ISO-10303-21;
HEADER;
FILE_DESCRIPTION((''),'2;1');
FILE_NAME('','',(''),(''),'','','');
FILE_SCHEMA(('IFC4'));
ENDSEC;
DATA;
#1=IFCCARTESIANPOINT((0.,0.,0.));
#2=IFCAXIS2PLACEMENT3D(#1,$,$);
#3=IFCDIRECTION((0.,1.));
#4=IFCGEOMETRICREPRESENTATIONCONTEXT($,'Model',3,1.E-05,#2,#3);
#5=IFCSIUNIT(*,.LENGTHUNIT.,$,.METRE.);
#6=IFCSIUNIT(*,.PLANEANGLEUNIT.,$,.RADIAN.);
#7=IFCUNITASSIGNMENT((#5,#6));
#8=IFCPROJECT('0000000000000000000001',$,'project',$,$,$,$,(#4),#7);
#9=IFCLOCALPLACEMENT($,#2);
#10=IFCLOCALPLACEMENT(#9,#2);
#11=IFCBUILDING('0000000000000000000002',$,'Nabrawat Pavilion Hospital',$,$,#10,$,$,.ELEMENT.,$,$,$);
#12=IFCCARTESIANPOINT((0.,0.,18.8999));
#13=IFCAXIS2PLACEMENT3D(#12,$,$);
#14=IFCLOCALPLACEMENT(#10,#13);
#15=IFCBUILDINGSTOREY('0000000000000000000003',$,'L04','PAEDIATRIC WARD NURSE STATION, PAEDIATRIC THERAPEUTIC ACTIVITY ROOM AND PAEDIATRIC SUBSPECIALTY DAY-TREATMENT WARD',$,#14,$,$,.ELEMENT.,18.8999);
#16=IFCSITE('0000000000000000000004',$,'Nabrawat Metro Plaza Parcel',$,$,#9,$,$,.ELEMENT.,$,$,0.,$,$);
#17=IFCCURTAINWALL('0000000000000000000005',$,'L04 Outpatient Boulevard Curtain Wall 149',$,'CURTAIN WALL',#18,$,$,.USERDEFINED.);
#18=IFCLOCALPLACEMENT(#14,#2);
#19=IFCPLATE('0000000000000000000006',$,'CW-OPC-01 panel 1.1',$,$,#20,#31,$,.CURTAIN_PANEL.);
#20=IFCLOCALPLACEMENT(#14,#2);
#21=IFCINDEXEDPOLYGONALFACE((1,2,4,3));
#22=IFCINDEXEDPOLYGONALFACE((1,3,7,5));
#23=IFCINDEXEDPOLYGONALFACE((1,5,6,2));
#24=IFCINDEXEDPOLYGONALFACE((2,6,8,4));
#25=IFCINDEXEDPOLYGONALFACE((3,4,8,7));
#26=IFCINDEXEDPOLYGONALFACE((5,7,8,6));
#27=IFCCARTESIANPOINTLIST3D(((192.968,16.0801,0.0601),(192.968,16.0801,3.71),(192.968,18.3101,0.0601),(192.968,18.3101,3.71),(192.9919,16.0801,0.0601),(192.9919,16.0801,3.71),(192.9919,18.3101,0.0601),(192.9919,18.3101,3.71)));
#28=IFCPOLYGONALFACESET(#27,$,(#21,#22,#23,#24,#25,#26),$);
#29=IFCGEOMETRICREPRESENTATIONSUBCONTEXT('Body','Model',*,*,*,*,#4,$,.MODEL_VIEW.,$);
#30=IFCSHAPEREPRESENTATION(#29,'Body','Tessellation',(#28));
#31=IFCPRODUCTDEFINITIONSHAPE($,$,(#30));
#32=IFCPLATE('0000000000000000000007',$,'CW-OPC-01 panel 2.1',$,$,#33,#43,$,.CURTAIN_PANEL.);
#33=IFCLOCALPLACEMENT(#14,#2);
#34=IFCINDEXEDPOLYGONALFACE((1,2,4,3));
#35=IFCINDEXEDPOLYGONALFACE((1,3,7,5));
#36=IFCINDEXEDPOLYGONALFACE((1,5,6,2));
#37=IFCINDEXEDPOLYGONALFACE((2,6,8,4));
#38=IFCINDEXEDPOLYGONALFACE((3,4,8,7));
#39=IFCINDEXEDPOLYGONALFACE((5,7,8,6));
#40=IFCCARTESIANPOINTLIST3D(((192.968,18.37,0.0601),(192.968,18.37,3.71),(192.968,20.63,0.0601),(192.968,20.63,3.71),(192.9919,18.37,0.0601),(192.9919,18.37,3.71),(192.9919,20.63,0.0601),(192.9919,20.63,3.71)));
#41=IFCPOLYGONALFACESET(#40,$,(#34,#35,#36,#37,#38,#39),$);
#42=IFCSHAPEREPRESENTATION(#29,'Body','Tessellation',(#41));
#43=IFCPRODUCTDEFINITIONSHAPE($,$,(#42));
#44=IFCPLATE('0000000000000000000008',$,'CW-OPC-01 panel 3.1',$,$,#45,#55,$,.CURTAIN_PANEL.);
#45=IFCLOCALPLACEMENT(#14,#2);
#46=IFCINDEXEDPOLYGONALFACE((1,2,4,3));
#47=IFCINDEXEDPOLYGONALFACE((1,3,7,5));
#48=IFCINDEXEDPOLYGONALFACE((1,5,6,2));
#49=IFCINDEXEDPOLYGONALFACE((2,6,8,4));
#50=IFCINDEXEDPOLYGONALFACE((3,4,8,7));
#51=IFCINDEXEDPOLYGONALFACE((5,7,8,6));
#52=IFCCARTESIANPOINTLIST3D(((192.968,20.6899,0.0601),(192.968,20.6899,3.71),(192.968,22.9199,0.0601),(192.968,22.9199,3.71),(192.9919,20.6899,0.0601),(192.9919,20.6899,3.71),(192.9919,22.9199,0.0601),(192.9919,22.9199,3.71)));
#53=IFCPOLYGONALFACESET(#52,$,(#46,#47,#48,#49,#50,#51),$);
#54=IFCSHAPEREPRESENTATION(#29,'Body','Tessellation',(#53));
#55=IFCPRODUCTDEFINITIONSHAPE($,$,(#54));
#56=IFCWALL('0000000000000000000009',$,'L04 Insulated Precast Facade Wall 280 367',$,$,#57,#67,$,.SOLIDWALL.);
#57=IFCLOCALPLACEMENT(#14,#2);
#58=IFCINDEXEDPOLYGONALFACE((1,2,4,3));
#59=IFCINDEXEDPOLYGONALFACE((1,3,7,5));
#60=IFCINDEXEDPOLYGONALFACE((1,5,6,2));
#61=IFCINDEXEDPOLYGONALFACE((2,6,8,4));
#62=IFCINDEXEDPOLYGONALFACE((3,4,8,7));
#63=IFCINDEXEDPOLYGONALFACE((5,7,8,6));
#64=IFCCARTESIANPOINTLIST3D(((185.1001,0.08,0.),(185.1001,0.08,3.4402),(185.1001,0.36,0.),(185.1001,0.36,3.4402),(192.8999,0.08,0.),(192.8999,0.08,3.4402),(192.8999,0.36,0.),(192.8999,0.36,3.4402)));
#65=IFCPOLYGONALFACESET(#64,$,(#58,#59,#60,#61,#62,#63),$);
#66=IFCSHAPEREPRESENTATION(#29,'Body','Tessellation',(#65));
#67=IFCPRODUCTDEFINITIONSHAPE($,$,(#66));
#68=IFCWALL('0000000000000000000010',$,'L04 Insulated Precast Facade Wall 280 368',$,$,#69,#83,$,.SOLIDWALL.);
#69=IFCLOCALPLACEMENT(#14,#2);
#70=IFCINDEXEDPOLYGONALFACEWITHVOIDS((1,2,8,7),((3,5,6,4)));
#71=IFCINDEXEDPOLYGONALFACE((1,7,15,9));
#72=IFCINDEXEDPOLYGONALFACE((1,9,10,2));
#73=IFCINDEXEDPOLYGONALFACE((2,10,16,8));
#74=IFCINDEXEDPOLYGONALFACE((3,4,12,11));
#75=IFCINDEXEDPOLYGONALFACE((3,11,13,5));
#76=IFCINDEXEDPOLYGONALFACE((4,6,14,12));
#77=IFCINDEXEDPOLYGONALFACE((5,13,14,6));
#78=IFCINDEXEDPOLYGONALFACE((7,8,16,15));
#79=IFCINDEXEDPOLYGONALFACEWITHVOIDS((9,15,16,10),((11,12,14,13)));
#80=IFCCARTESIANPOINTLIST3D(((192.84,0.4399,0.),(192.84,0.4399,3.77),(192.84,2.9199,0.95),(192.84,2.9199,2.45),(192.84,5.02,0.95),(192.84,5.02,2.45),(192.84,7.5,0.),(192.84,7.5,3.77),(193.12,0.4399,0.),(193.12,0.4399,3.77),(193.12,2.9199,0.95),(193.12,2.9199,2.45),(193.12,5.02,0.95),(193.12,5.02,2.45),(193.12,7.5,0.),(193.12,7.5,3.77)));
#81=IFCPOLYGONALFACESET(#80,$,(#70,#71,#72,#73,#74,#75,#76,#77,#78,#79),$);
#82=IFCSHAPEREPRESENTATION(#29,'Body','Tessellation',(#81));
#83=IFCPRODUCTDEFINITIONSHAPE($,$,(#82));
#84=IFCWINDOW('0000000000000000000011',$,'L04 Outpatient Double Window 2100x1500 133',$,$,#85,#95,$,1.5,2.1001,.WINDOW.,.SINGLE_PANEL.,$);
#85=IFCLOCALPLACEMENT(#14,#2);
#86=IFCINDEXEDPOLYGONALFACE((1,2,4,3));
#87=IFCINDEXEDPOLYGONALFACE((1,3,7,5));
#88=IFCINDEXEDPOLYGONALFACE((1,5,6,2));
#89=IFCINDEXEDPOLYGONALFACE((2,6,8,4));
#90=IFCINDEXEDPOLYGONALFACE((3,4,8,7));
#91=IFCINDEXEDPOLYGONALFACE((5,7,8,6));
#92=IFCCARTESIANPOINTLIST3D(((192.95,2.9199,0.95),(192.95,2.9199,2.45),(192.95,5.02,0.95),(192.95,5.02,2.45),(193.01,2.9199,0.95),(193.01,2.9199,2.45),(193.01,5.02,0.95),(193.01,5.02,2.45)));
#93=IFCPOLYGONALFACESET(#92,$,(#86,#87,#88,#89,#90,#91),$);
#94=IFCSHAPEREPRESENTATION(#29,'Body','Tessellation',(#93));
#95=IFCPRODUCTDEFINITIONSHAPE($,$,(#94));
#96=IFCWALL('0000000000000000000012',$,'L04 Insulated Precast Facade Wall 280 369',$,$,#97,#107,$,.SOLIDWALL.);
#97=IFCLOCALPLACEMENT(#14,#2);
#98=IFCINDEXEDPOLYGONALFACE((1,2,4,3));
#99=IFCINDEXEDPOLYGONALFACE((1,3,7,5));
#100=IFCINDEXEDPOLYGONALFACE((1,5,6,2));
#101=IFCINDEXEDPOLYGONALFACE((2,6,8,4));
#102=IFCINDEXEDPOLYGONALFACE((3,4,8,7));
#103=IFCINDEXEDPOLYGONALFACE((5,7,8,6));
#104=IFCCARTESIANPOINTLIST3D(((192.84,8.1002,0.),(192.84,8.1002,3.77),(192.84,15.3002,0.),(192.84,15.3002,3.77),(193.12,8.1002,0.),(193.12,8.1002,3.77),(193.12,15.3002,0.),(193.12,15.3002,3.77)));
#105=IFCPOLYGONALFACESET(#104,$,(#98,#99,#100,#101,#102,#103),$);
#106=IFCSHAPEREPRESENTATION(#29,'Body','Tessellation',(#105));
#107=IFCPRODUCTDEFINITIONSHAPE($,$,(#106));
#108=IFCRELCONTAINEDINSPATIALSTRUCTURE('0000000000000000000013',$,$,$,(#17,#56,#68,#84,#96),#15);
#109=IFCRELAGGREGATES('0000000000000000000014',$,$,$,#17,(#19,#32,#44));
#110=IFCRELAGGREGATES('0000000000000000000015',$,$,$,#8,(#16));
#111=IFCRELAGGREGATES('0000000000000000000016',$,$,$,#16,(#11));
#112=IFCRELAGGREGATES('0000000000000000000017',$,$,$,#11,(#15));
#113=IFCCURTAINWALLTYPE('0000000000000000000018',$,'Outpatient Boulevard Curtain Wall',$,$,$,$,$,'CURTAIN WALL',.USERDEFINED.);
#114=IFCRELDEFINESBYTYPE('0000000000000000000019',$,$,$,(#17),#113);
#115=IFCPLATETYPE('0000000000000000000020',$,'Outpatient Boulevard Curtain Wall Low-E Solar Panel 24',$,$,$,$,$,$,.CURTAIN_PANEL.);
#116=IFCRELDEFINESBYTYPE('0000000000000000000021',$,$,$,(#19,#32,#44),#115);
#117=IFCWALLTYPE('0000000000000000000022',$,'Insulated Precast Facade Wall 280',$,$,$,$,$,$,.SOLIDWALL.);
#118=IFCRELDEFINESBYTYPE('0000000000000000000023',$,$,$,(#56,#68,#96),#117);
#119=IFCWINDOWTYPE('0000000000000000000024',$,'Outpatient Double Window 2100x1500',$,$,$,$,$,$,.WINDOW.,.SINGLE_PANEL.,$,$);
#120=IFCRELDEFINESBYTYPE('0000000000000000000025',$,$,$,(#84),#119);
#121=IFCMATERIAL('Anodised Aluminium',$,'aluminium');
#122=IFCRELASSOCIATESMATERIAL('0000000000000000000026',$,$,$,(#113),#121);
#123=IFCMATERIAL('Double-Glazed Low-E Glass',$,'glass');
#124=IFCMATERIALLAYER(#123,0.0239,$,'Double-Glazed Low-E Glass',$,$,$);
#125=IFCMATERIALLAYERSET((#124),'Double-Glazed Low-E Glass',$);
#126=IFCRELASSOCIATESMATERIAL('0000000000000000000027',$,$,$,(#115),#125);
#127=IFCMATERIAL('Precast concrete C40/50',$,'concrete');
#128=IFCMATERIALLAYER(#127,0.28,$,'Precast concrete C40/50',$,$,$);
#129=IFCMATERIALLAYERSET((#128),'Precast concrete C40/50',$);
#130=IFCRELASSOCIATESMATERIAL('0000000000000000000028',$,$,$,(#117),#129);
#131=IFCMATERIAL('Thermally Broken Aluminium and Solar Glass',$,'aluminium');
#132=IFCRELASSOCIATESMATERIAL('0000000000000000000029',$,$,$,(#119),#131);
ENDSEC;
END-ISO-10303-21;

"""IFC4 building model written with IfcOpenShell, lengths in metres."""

from ifc_helpers import new_model, si_unit, direction, frame, frame_2d, origin, origin_2d, place, context, subcontext, project, spatial, rectangle, extrude, material, layer, layer_set, type_object, element, fill, aggregate, save


model = new_model("IFC4")

# Units and contexts
model_context = context("Model", 3, precision=1e-05, world=origin(), true_north=direction((0.0, 1.0)))
body_context = subcontext(model_context, "Body", "Model", "MODEL_VIEW")
ifc_project = project(units=[si_unit("LENGTHUNIT", "METRE"), si_unit("PLANEANGLEUNIT", "RADIAN")], contexts=[model_context])

# Site, building, storey
site_placement = place(None, origin())
site = spatial("IfcSite", under=ifc_project, at=site_placement, Name="Nabrawat Metro Plaza Parcel", CompositionType="ELEMENT", RefElevation=0.0)
building_placement = place(site_placement, origin())
building = spatial("IfcBuilding", under=site, at=building_placement, Name="Nabrawat Pavilion Hospital", CompositionType="ELEMENT")
storey_placement = place(building_placement, frame((0.0, 0.0, 18.8999)))
storey = spatial("IfcBuildingStorey", under=building, at=storey_placement, Name="L04", Description="PAEDIATRIC WARD NURSE STATION, PAEDIATRIC THERAPEUTIC ACTIVITY ROOM AND PAEDIATRIC SUBSPECIALTY DAY-TREATMENT WARD", CompositionType="ELEMENT", Elevation=18.8999)

# Curtain wall
ifc_material_1 = material(Name="Anodised Aluminium", Category="aluminium")
curtain_wall_type = type_object("IfcCurtainWallType", Name="Outpatient Boulevard Curtain Wall", ElementType="CURTAIN WALL", PredefinedType="USERDEFINED", material=ifc_material_1)
curtain_wall_placement = place(storey_placement, origin())
curtain_wall = element("IfcCurtainWall", 1, at=curtain_wall_placement, inside=storey, type_object=curtain_wall_type, Name="L04 Outpatient Boulevard Curtain Wall 149", ObjectType="CURTAIN WALL", PredefinedType="USERDEFINED")

# Plates
ifc_material_2 = material(Name="Double-Glazed Low-E Glass", Category="glass")
ifc_layer_1 = layer(ifc_material_2, 0.0239, Name="Double-Glazed Low-E Glass")
ifc_layer_set_1 = layer_set([ifc_layer_1], Name="Double-Glazed Low-E Glass")
plate_type = type_object("IfcPlateType", Name="Outpatient Boulevard Curtain Wall Low-E Solar Panel 24", PredefinedType="CURTAIN_PANEL", material=ifc_layer_set_1)
plate_1_placement = place(storey_placement, frame((192.98, 17.1951, 0.0601), z_axis=(0.0, 0.0, 1.0), x_axis=(0.0, 1.0, 0.0)))
plate_1 = element("IfcPlate", 2, at=plate_1_placement, type_object=plate_type, Name="CW-OPC-01 panel 1.1", PredefinedType="CURTAIN_PANEL", context=body_context, shape_type="SweptSolid", body=[
    extrude(rectangle(XDim=2.23, YDim=0.0239, at=origin_2d()), origin(), (0.0, 0.0, 1.0), 3.6499),
])
plate_2_placement = place(storey_placement, frame((192.98, 19.5, 0.0601), z_axis=(0.0, 0.0, 1.0), x_axis=(0.0, 1.0, 0.0)))
plate_2 = element("IfcPlate", 3, at=plate_2_placement, type_object=plate_type, Name="CW-OPC-01 panel 2.1", PredefinedType="CURTAIN_PANEL", context=body_context, shape_type="SweptSolid", body=[
    extrude(rectangle(XDim=2.26, YDim=0.0239, at=origin_2d()), origin(), (0.0, 0.0, 1.0), 3.6499),
])
plate_3_placement = place(storey_placement, frame((192.98, 21.8049, 0.0601), z_axis=(0.0, 0.0, 1.0), x_axis=(0.0, 1.0, 0.0)))
plate_3 = element("IfcPlate", 4, at=plate_3_placement, type_object=plate_type, Name="CW-OPC-01 panel 3.1", PredefinedType="CURTAIN_PANEL", context=body_context, shape_type="SweptSolid", body=[
    extrude(rectangle(XDim=2.23, YDim=0.0239, at=origin_2d()), origin(), (0.0, 0.0, 1.0), 3.6499),
])
aggregate(curtain_wall, [plate_1, plate_2, plate_3])

# Wall
ifc_material_3 = material(Name="Precast concrete C40/50", Category="concrete")
ifc_layer_2 = layer(ifc_material_3, 0.28, Name="Precast concrete C40/50")
ifc_layer_set_2 = layer_set([ifc_layer_2], Name="Precast concrete C40/50")
wall_type = type_object("IfcWallType", Name="Insulated Precast Facade Wall 280", PredefinedType="SOLIDWALL", material=ifc_layer_set_2)
wall_1_placement = place(storey_placement, frame((185.1001, 0.22, 0.0), z_axis=(0.0, 0.0, 1.0), x_axis=(1.0, 0.0, 0.0)))
element("IfcWall", 5, at=wall_1_placement, inside=storey, type_object=wall_type, Name="L04 Insulated Precast Facade Wall 280 367", PredefinedType="SOLIDWALL", context=body_context, shape_type="SweptSolid", body=[
    extrude(rectangle(XDim=7.7998, YDim=0.28, at=frame_2d((3.8999, 0.0))), origin(), (0.0, 0.0, 1.0), 3.4402),
])

# Wall, opening, window
wall_2_placement = place(storey_placement, frame((192.98, 0.4399, 0.0), z_axis=(0.0, 0.0, 1.0), x_axis=(0.0, 1.0, 0.0)))
wall_2 = element("IfcWall", 6, at=wall_2_placement, inside=storey, type_object=wall_type, Name="L04 Insulated Precast Facade Wall 280 368", PredefinedType="SOLIDWALL", context=body_context, shape_type="SweptSolid", body=[
    extrude(rectangle(XDim=7.0601, YDim=0.28, at=frame_2d((3.53, 0.0))), origin(), (0.0, 0.0, 1.0), 3.77),
])
opening_placement = place(wall_2_placement, frame((2.48, 0.0, 0.95)))
opening = element("IfcOpeningElement", 7, at=opening_placement, cuts=wall_2, PredefinedType="OPENING", context=body_context, shape_type="SweptSolid", body=[
    extrude(rectangle(XDim=2.1001, YDim=1.5, at=frame_2d((1.05, 0.75))), frame((0.0, 0.1499, 0.0), z_axis=(0.0, -1.0, 0.0), x_axis=(1.0, 0.0, 0.0)), (0.0, 0.0, 1.0), 0.3),
])
ifc_material_4 = material(Name="Thermally Broken Aluminium and Solar Glass", Category="aluminium")
window_type = type_object("IfcWindowType", Name="Outpatient Double Window 2100x1500", PartitioningType="SINGLE_PANEL", PredefinedType="WINDOW", material=ifc_material_4)
window_placement = place(opening_placement, origin())
window = element("IfcWindow", 8, at=window_placement, inside=storey, type_object=window_type, Name="L04 Outpatient Double Window 2100x1500 133", OverallHeight=1.5, OverallWidth=2.1001, PartitioningType="SINGLE_PANEL", PredefinedType="WINDOW", context=body_context, shape_type="SweptSolid", body=[
    extrude(rectangle(XDim=2.1001, YDim=1.5, at=frame_2d((1.05, 0.75))), frame((0.0, 0.03, 0.0), z_axis=(0.0, -1.0, 0.0), x_axis=(1.0, 0.0, 0.0)), (0.0, 0.0, 1.0), 0.0601),
])
fill(opening, window)

# Wall
wall_3_placement = place(storey_placement, frame((192.98, 8.1001, 0.0), z_axis=(0.0, 0.0, 1.0), x_axis=(0.0, 1.0, 0.0)))
element("IfcWall", 9, at=wall_3_placement, inside=storey, type_object=wall_type, Name="L04 Insulated Precast Facade Wall 280 369", PredefinedType="SOLIDWALL", context=body_context, shape_type="SweptSolid", body=[
    extrude(rectangle(XDim=7.2, YDim=0.28, at=frame_2d((3.6001, 0.0))), origin(), (0.0, 0.0, 1.0), 3.77),
])

save(model, "model.ifc")
